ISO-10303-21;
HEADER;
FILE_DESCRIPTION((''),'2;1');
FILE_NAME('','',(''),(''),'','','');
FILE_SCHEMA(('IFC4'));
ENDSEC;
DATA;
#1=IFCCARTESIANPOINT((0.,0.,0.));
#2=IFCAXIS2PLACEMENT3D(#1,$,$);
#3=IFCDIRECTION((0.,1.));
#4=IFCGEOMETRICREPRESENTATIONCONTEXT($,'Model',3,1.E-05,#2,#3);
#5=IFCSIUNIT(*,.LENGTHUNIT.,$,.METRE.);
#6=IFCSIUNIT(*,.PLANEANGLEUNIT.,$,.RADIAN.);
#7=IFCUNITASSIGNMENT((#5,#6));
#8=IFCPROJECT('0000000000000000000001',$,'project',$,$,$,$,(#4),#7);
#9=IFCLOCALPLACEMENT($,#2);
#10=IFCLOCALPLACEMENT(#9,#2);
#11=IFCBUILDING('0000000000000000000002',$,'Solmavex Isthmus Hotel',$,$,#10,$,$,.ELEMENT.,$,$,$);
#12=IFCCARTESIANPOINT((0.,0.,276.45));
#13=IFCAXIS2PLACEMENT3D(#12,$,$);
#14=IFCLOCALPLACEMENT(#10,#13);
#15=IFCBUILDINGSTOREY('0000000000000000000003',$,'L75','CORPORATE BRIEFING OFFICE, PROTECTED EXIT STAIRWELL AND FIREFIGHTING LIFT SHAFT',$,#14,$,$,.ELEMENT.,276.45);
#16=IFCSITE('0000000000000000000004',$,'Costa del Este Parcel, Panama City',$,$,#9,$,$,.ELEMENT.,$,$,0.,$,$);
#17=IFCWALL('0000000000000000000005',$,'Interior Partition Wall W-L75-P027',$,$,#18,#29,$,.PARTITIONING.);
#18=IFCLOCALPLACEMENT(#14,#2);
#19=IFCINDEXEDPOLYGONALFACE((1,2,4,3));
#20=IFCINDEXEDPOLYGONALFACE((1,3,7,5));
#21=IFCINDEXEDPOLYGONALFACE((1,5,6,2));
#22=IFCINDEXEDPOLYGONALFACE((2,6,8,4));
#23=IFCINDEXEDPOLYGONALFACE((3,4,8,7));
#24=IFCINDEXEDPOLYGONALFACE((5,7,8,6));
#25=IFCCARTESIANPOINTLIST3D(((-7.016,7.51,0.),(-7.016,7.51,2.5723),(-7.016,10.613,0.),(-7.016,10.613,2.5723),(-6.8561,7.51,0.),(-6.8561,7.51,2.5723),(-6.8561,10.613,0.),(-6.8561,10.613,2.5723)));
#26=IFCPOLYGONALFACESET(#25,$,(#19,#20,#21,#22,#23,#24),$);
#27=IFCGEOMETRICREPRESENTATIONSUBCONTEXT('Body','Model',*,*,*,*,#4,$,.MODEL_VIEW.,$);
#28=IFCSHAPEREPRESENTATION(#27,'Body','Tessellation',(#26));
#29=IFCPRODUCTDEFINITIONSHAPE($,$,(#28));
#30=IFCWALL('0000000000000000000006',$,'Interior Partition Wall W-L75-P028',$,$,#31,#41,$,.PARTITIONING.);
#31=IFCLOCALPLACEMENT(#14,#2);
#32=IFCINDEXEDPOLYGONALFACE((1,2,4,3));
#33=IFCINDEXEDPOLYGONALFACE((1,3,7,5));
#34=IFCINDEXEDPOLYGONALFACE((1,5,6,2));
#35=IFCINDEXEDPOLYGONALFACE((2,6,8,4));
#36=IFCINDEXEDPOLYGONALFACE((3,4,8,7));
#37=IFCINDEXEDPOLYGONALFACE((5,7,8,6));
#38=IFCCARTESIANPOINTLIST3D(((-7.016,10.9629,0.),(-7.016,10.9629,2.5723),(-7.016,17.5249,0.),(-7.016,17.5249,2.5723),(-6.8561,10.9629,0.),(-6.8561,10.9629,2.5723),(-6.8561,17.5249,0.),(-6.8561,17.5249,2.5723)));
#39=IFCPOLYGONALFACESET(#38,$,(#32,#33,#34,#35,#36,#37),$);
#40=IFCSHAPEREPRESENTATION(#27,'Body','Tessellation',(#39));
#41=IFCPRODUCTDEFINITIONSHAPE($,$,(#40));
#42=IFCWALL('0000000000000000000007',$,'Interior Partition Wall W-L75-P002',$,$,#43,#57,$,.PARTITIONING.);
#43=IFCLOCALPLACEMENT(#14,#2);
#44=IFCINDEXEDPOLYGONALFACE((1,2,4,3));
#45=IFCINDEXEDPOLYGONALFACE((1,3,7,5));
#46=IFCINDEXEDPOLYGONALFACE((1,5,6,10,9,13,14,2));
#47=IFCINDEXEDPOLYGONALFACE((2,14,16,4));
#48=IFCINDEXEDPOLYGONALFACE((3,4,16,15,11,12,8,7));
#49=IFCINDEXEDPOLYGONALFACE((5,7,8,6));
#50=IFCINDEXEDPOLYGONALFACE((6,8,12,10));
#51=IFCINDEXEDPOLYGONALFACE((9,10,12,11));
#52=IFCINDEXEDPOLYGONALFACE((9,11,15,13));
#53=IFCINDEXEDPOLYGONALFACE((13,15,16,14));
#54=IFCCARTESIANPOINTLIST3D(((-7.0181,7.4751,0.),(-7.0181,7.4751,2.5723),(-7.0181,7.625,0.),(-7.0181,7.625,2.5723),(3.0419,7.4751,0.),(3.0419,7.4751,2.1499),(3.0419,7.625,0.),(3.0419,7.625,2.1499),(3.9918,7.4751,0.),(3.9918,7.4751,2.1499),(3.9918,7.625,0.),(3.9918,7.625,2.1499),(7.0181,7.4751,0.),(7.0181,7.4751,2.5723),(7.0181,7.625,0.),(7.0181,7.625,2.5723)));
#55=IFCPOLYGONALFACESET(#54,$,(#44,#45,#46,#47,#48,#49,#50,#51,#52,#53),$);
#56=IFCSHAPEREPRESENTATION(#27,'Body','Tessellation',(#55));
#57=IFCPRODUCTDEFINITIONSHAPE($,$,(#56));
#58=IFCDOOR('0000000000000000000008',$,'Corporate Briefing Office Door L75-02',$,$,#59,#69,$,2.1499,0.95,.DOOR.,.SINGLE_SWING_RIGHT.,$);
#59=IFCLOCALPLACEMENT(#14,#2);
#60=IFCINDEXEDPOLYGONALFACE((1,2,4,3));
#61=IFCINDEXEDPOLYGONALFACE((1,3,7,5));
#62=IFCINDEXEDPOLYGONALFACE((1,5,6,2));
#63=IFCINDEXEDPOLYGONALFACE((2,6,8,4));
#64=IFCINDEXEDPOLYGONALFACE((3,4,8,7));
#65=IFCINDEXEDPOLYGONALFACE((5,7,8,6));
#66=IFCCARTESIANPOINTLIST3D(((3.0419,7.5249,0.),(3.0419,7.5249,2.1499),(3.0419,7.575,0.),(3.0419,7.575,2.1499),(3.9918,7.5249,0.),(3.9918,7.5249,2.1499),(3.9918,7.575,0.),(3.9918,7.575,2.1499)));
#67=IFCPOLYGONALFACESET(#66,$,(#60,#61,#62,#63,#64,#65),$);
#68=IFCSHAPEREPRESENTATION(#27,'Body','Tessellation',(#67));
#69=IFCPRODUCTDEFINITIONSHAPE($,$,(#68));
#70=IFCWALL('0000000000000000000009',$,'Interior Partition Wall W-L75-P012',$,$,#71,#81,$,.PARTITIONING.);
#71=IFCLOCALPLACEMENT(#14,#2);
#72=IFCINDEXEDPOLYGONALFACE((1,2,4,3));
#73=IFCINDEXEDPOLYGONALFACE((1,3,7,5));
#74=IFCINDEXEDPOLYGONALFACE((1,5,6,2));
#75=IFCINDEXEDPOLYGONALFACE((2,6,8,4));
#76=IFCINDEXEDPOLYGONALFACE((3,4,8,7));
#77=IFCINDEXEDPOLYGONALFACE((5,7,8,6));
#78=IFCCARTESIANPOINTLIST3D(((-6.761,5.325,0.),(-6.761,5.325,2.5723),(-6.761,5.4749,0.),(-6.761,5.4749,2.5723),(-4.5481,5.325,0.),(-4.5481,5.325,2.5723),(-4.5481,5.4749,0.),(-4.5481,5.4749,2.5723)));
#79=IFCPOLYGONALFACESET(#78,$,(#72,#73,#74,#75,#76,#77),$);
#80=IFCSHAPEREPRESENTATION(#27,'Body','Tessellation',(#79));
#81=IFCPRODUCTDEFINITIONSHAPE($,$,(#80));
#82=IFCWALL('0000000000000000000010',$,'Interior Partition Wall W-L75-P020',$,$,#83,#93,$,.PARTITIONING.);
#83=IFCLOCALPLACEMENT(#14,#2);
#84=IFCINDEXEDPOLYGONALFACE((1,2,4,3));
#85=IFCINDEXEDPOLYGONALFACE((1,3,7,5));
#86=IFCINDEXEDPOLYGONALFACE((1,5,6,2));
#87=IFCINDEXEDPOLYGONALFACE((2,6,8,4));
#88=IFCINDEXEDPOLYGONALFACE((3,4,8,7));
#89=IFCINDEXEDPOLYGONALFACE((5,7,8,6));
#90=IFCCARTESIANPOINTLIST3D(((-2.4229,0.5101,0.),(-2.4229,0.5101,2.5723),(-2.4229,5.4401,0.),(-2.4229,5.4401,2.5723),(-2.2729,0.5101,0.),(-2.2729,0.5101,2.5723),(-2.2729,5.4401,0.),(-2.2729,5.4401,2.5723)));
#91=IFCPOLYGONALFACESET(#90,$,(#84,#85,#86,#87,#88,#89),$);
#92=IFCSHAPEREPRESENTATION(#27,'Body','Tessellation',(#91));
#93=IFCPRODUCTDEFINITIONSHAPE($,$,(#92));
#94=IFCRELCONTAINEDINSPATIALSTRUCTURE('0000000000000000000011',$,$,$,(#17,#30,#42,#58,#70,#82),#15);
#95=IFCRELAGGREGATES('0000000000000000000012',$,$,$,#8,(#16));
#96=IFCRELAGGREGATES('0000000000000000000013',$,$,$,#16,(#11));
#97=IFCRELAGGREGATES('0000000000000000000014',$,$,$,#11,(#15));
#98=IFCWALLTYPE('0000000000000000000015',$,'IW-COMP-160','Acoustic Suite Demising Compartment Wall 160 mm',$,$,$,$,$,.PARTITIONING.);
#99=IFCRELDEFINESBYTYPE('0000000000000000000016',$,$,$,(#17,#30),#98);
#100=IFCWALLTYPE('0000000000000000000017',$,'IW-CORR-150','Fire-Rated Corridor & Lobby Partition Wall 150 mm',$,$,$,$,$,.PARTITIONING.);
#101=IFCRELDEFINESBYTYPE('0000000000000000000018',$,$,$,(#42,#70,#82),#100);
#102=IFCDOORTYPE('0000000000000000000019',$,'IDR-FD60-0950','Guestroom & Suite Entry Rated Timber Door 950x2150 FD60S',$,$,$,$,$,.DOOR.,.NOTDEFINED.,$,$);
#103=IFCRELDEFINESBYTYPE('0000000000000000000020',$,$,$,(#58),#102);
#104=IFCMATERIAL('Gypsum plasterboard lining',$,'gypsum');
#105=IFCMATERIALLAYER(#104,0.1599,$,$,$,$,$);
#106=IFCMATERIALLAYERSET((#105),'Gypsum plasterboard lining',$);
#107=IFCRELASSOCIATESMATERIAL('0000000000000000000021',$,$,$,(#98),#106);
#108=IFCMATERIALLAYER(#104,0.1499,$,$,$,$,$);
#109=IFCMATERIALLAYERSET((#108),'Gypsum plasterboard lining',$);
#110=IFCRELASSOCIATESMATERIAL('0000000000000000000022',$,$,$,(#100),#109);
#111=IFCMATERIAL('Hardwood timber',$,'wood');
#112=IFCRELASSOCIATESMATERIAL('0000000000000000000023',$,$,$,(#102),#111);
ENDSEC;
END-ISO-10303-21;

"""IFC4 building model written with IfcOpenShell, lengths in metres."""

from ifc_helpers import new_model, si_unit, direction, frame, frame_2d, origin, place, context, subcontext, project, spatial, rectangle, extrude, material, layer, layer_set, type_object, element, fill, save


model = new_model("IFC4")

# Units and contexts
model_context = context("Model", 3, precision=1e-05, world=origin(), true_north=direction((0.0, 1.0)))
body_context = subcontext(model_context, "Body", "Model", "MODEL_VIEW")
ifc_project = project(units=[si_unit("LENGTHUNIT", "METRE"), si_unit("PLANEANGLEUNIT", "RADIAN")], contexts=[model_context])

# Site, building, storey
site_placement = place(None, origin())
site = spatial("IfcSite", under=ifc_project, at=site_placement, Name="Costa del Este Parcel, Panama City", CompositionType="ELEMENT", RefElevation=0.0)
building_placement = place(site_placement, origin())
building = spatial("IfcBuilding", under=site, at=building_placement, Name="Solmavex Isthmus Hotel", CompositionType="ELEMENT")
storey_placement = place(building_placement, frame((0.0, 0.0, 276.45)))
storey = spatial("IfcBuildingStorey", under=building, at=storey_placement, Name="L75", Description="CORPORATE BRIEFING OFFICE, PROTECTED EXIT STAIRWELL AND FIREFIGHTING LIFT SHAFT", CompositionType="ELEMENT", Elevation=276.45)

# Walls
ifc_material_1 = material(Name="Gypsum plasterboard lining", Category="gypsum")
ifc_layer_1 = layer(ifc_material_1, 0.1599)
ifc_layer_set_1 = layer_set([ifc_layer_1], Name="Gypsum plasterboard lining")
wall_type_1 = type_object("IfcWallType", Name="IW-COMP-160", Description="Acoustic Suite Demising Compartment Wall 160 mm", PredefinedType="PARTITIONING", material=ifc_layer_set_1)
wall_1_placement = place(storey_placement, frame((-6.936, 10.613, 0.0), z_axis=(0.0, 0.0, 1.0), x_axis=(0.0, -1.0, 0.0)))
element("IfcWall", 1, at=wall_1_placement, inside=storey, type_object=wall_type_1, Name="Interior Partition Wall W-L75-P027", PredefinedType="PARTITIONING", context=body_context, shape_type="SweptSolid", body=[
    extrude(rectangle(XDim=3.103, YDim=0.1599, at=frame_2d((1.5515, 0.0))), origin(), (0.0, 0.0, 1.0), 2.5723),
])
wall_2_placement = place(storey_placement, frame((-6.936, 17.5249, 0.0), z_axis=(0.0, 0.0, 1.0), x_axis=(0.0, -1.0, 0.0)))
element("IfcWall", 2, at=wall_2_placement, inside=storey, type_object=wall_type_1, Name="Interior Partition Wall W-L75-P028", PredefinedType="PARTITIONING", context=body_context, shape_type="SweptSolid", body=[
    extrude(rectangle(XDim=6.562, YDim=0.1599, at=frame_2d((3.281, 0.0))), origin(), (0.0, 0.0, 1.0), 2.5723),
])

# Wall, opening, door
ifc_layer_2 = layer(ifc_material_1, 0.1499)
ifc_layer_set_2 = layer_set([ifc_layer_2], Name="Gypsum plasterboard lining")
wall_type_2 = type_object("IfcWallType", Name="IW-CORR-150", Description="Fire-Rated Corridor & Lobby Partition Wall 150 mm", PredefinedType="PARTITIONING", material=ifc_layer_set_2)
wall_3_placement = place(storey_placement, frame((-7.0181, 7.55, 0.0), z_axis=(0.0, 0.0, 1.0), x_axis=(1.0, 0.0, 0.0)))
wall_3 = element("IfcWall", 3, at=wall_3_placement, inside=storey, type_object=wall_type_2, Name="Interior Partition Wall W-L75-P002", PredefinedType="PARTITIONING", context=body_context, shape_type="SweptSolid", body=[
    extrude(rectangle(XDim=14.0361, YDim=0.1499, at=frame_2d((7.0181, 0.0))), origin(), (0.0, 0.0, 1.0), 2.5723),
])
opening_placement = place(wall_3_placement, frame((10.0598, 0.0, 0.0)))
opening = element("IfcOpeningElement", 4, at=opening_placement, cuts=wall_3, PredefinedType="OPENING", context=body_context, shape_type="SweptSolid", body=[
    extrude(rectangle(XDim=0.95, YDim=2.1499, at=frame_2d((0.4751, 1.075))), frame((0.0, 0.085, 0.0), z_axis=(0.0, -1.0, 0.0), x_axis=(1.0, 0.0, 0.0)), (0.0, 0.0, 1.0), 0.1699),
])
ifc_material_2 = material(Name="Hardwood timber", Category="wood")
door_type = type_object("IfcDoorType", Name="IDR-FD60-0950", Description="Guestroom & Suite Entry Rated Timber Door 950x2150 FD60S", OperationType="NOTDEFINED", PredefinedType="DOOR", material=ifc_material_2)
door_placement = place(opening_placement, origin())
door = element("IfcDoor", 5, at=door_placement, inside=storey, type_object=door_type, Name="Corporate Briefing Office Door L75-02", OperationType="SINGLE_SWING_RIGHT", OverallHeight=2.1499, OverallWidth=0.95, PredefinedType="DOOR", context=body_context, shape_type="SweptSolid", body=[
    extrude(rectangle(XDim=0.95, YDim=2.1499, at=frame_2d((0.4751, 1.075))), frame((0.0, 0.0249, 0.0), z_axis=(0.0, -1.0, 0.0), x_axis=(1.0, 0.0, 0.0)), (0.0, 0.0, 1.0), 0.05),
])
fill(opening, door)

# Walls
wall_4_placement = place(storey_placement, frame((-4.5481, 5.3999, 0.0), z_axis=(0.0, 0.0, 1.0), x_axis=(-1.0, 0.0, 0.0)))
element("IfcWall", 6, at=wall_4_placement, inside=storey, type_object=wall_type_2, Name="Interior Partition Wall W-L75-P012", PredefinedType="PARTITIONING", context=body_context, shape_type="SweptSolid", body=[
    extrude(rectangle(XDim=2.2129, YDim=0.1499, at=frame_2d((1.1064, 0.0))), origin(), (0.0, 0.0, 1.0), 2.5723),
])
wall_5_placement = place(storey_placement, frame((-2.3479, 5.4399, 0.0), z_axis=(0.0, 0.0, 1.0), x_axis=(0.0, -1.0, 0.0)))
element("IfcWall", 7, at=wall_5_placement, inside=storey, type_object=wall_type_2, Name="Interior Partition Wall W-L75-P020", PredefinedType="PARTITIONING", context=body_context, shape_type="SweptSolid", body=[
    extrude(rectangle(XDim=4.9299, YDim=0.1499, at=frame_2d((2.4648, 0.0))), origin(), (0.0, 0.0, 1.0), 2.5723),
])

save(model, "model.ifc")
